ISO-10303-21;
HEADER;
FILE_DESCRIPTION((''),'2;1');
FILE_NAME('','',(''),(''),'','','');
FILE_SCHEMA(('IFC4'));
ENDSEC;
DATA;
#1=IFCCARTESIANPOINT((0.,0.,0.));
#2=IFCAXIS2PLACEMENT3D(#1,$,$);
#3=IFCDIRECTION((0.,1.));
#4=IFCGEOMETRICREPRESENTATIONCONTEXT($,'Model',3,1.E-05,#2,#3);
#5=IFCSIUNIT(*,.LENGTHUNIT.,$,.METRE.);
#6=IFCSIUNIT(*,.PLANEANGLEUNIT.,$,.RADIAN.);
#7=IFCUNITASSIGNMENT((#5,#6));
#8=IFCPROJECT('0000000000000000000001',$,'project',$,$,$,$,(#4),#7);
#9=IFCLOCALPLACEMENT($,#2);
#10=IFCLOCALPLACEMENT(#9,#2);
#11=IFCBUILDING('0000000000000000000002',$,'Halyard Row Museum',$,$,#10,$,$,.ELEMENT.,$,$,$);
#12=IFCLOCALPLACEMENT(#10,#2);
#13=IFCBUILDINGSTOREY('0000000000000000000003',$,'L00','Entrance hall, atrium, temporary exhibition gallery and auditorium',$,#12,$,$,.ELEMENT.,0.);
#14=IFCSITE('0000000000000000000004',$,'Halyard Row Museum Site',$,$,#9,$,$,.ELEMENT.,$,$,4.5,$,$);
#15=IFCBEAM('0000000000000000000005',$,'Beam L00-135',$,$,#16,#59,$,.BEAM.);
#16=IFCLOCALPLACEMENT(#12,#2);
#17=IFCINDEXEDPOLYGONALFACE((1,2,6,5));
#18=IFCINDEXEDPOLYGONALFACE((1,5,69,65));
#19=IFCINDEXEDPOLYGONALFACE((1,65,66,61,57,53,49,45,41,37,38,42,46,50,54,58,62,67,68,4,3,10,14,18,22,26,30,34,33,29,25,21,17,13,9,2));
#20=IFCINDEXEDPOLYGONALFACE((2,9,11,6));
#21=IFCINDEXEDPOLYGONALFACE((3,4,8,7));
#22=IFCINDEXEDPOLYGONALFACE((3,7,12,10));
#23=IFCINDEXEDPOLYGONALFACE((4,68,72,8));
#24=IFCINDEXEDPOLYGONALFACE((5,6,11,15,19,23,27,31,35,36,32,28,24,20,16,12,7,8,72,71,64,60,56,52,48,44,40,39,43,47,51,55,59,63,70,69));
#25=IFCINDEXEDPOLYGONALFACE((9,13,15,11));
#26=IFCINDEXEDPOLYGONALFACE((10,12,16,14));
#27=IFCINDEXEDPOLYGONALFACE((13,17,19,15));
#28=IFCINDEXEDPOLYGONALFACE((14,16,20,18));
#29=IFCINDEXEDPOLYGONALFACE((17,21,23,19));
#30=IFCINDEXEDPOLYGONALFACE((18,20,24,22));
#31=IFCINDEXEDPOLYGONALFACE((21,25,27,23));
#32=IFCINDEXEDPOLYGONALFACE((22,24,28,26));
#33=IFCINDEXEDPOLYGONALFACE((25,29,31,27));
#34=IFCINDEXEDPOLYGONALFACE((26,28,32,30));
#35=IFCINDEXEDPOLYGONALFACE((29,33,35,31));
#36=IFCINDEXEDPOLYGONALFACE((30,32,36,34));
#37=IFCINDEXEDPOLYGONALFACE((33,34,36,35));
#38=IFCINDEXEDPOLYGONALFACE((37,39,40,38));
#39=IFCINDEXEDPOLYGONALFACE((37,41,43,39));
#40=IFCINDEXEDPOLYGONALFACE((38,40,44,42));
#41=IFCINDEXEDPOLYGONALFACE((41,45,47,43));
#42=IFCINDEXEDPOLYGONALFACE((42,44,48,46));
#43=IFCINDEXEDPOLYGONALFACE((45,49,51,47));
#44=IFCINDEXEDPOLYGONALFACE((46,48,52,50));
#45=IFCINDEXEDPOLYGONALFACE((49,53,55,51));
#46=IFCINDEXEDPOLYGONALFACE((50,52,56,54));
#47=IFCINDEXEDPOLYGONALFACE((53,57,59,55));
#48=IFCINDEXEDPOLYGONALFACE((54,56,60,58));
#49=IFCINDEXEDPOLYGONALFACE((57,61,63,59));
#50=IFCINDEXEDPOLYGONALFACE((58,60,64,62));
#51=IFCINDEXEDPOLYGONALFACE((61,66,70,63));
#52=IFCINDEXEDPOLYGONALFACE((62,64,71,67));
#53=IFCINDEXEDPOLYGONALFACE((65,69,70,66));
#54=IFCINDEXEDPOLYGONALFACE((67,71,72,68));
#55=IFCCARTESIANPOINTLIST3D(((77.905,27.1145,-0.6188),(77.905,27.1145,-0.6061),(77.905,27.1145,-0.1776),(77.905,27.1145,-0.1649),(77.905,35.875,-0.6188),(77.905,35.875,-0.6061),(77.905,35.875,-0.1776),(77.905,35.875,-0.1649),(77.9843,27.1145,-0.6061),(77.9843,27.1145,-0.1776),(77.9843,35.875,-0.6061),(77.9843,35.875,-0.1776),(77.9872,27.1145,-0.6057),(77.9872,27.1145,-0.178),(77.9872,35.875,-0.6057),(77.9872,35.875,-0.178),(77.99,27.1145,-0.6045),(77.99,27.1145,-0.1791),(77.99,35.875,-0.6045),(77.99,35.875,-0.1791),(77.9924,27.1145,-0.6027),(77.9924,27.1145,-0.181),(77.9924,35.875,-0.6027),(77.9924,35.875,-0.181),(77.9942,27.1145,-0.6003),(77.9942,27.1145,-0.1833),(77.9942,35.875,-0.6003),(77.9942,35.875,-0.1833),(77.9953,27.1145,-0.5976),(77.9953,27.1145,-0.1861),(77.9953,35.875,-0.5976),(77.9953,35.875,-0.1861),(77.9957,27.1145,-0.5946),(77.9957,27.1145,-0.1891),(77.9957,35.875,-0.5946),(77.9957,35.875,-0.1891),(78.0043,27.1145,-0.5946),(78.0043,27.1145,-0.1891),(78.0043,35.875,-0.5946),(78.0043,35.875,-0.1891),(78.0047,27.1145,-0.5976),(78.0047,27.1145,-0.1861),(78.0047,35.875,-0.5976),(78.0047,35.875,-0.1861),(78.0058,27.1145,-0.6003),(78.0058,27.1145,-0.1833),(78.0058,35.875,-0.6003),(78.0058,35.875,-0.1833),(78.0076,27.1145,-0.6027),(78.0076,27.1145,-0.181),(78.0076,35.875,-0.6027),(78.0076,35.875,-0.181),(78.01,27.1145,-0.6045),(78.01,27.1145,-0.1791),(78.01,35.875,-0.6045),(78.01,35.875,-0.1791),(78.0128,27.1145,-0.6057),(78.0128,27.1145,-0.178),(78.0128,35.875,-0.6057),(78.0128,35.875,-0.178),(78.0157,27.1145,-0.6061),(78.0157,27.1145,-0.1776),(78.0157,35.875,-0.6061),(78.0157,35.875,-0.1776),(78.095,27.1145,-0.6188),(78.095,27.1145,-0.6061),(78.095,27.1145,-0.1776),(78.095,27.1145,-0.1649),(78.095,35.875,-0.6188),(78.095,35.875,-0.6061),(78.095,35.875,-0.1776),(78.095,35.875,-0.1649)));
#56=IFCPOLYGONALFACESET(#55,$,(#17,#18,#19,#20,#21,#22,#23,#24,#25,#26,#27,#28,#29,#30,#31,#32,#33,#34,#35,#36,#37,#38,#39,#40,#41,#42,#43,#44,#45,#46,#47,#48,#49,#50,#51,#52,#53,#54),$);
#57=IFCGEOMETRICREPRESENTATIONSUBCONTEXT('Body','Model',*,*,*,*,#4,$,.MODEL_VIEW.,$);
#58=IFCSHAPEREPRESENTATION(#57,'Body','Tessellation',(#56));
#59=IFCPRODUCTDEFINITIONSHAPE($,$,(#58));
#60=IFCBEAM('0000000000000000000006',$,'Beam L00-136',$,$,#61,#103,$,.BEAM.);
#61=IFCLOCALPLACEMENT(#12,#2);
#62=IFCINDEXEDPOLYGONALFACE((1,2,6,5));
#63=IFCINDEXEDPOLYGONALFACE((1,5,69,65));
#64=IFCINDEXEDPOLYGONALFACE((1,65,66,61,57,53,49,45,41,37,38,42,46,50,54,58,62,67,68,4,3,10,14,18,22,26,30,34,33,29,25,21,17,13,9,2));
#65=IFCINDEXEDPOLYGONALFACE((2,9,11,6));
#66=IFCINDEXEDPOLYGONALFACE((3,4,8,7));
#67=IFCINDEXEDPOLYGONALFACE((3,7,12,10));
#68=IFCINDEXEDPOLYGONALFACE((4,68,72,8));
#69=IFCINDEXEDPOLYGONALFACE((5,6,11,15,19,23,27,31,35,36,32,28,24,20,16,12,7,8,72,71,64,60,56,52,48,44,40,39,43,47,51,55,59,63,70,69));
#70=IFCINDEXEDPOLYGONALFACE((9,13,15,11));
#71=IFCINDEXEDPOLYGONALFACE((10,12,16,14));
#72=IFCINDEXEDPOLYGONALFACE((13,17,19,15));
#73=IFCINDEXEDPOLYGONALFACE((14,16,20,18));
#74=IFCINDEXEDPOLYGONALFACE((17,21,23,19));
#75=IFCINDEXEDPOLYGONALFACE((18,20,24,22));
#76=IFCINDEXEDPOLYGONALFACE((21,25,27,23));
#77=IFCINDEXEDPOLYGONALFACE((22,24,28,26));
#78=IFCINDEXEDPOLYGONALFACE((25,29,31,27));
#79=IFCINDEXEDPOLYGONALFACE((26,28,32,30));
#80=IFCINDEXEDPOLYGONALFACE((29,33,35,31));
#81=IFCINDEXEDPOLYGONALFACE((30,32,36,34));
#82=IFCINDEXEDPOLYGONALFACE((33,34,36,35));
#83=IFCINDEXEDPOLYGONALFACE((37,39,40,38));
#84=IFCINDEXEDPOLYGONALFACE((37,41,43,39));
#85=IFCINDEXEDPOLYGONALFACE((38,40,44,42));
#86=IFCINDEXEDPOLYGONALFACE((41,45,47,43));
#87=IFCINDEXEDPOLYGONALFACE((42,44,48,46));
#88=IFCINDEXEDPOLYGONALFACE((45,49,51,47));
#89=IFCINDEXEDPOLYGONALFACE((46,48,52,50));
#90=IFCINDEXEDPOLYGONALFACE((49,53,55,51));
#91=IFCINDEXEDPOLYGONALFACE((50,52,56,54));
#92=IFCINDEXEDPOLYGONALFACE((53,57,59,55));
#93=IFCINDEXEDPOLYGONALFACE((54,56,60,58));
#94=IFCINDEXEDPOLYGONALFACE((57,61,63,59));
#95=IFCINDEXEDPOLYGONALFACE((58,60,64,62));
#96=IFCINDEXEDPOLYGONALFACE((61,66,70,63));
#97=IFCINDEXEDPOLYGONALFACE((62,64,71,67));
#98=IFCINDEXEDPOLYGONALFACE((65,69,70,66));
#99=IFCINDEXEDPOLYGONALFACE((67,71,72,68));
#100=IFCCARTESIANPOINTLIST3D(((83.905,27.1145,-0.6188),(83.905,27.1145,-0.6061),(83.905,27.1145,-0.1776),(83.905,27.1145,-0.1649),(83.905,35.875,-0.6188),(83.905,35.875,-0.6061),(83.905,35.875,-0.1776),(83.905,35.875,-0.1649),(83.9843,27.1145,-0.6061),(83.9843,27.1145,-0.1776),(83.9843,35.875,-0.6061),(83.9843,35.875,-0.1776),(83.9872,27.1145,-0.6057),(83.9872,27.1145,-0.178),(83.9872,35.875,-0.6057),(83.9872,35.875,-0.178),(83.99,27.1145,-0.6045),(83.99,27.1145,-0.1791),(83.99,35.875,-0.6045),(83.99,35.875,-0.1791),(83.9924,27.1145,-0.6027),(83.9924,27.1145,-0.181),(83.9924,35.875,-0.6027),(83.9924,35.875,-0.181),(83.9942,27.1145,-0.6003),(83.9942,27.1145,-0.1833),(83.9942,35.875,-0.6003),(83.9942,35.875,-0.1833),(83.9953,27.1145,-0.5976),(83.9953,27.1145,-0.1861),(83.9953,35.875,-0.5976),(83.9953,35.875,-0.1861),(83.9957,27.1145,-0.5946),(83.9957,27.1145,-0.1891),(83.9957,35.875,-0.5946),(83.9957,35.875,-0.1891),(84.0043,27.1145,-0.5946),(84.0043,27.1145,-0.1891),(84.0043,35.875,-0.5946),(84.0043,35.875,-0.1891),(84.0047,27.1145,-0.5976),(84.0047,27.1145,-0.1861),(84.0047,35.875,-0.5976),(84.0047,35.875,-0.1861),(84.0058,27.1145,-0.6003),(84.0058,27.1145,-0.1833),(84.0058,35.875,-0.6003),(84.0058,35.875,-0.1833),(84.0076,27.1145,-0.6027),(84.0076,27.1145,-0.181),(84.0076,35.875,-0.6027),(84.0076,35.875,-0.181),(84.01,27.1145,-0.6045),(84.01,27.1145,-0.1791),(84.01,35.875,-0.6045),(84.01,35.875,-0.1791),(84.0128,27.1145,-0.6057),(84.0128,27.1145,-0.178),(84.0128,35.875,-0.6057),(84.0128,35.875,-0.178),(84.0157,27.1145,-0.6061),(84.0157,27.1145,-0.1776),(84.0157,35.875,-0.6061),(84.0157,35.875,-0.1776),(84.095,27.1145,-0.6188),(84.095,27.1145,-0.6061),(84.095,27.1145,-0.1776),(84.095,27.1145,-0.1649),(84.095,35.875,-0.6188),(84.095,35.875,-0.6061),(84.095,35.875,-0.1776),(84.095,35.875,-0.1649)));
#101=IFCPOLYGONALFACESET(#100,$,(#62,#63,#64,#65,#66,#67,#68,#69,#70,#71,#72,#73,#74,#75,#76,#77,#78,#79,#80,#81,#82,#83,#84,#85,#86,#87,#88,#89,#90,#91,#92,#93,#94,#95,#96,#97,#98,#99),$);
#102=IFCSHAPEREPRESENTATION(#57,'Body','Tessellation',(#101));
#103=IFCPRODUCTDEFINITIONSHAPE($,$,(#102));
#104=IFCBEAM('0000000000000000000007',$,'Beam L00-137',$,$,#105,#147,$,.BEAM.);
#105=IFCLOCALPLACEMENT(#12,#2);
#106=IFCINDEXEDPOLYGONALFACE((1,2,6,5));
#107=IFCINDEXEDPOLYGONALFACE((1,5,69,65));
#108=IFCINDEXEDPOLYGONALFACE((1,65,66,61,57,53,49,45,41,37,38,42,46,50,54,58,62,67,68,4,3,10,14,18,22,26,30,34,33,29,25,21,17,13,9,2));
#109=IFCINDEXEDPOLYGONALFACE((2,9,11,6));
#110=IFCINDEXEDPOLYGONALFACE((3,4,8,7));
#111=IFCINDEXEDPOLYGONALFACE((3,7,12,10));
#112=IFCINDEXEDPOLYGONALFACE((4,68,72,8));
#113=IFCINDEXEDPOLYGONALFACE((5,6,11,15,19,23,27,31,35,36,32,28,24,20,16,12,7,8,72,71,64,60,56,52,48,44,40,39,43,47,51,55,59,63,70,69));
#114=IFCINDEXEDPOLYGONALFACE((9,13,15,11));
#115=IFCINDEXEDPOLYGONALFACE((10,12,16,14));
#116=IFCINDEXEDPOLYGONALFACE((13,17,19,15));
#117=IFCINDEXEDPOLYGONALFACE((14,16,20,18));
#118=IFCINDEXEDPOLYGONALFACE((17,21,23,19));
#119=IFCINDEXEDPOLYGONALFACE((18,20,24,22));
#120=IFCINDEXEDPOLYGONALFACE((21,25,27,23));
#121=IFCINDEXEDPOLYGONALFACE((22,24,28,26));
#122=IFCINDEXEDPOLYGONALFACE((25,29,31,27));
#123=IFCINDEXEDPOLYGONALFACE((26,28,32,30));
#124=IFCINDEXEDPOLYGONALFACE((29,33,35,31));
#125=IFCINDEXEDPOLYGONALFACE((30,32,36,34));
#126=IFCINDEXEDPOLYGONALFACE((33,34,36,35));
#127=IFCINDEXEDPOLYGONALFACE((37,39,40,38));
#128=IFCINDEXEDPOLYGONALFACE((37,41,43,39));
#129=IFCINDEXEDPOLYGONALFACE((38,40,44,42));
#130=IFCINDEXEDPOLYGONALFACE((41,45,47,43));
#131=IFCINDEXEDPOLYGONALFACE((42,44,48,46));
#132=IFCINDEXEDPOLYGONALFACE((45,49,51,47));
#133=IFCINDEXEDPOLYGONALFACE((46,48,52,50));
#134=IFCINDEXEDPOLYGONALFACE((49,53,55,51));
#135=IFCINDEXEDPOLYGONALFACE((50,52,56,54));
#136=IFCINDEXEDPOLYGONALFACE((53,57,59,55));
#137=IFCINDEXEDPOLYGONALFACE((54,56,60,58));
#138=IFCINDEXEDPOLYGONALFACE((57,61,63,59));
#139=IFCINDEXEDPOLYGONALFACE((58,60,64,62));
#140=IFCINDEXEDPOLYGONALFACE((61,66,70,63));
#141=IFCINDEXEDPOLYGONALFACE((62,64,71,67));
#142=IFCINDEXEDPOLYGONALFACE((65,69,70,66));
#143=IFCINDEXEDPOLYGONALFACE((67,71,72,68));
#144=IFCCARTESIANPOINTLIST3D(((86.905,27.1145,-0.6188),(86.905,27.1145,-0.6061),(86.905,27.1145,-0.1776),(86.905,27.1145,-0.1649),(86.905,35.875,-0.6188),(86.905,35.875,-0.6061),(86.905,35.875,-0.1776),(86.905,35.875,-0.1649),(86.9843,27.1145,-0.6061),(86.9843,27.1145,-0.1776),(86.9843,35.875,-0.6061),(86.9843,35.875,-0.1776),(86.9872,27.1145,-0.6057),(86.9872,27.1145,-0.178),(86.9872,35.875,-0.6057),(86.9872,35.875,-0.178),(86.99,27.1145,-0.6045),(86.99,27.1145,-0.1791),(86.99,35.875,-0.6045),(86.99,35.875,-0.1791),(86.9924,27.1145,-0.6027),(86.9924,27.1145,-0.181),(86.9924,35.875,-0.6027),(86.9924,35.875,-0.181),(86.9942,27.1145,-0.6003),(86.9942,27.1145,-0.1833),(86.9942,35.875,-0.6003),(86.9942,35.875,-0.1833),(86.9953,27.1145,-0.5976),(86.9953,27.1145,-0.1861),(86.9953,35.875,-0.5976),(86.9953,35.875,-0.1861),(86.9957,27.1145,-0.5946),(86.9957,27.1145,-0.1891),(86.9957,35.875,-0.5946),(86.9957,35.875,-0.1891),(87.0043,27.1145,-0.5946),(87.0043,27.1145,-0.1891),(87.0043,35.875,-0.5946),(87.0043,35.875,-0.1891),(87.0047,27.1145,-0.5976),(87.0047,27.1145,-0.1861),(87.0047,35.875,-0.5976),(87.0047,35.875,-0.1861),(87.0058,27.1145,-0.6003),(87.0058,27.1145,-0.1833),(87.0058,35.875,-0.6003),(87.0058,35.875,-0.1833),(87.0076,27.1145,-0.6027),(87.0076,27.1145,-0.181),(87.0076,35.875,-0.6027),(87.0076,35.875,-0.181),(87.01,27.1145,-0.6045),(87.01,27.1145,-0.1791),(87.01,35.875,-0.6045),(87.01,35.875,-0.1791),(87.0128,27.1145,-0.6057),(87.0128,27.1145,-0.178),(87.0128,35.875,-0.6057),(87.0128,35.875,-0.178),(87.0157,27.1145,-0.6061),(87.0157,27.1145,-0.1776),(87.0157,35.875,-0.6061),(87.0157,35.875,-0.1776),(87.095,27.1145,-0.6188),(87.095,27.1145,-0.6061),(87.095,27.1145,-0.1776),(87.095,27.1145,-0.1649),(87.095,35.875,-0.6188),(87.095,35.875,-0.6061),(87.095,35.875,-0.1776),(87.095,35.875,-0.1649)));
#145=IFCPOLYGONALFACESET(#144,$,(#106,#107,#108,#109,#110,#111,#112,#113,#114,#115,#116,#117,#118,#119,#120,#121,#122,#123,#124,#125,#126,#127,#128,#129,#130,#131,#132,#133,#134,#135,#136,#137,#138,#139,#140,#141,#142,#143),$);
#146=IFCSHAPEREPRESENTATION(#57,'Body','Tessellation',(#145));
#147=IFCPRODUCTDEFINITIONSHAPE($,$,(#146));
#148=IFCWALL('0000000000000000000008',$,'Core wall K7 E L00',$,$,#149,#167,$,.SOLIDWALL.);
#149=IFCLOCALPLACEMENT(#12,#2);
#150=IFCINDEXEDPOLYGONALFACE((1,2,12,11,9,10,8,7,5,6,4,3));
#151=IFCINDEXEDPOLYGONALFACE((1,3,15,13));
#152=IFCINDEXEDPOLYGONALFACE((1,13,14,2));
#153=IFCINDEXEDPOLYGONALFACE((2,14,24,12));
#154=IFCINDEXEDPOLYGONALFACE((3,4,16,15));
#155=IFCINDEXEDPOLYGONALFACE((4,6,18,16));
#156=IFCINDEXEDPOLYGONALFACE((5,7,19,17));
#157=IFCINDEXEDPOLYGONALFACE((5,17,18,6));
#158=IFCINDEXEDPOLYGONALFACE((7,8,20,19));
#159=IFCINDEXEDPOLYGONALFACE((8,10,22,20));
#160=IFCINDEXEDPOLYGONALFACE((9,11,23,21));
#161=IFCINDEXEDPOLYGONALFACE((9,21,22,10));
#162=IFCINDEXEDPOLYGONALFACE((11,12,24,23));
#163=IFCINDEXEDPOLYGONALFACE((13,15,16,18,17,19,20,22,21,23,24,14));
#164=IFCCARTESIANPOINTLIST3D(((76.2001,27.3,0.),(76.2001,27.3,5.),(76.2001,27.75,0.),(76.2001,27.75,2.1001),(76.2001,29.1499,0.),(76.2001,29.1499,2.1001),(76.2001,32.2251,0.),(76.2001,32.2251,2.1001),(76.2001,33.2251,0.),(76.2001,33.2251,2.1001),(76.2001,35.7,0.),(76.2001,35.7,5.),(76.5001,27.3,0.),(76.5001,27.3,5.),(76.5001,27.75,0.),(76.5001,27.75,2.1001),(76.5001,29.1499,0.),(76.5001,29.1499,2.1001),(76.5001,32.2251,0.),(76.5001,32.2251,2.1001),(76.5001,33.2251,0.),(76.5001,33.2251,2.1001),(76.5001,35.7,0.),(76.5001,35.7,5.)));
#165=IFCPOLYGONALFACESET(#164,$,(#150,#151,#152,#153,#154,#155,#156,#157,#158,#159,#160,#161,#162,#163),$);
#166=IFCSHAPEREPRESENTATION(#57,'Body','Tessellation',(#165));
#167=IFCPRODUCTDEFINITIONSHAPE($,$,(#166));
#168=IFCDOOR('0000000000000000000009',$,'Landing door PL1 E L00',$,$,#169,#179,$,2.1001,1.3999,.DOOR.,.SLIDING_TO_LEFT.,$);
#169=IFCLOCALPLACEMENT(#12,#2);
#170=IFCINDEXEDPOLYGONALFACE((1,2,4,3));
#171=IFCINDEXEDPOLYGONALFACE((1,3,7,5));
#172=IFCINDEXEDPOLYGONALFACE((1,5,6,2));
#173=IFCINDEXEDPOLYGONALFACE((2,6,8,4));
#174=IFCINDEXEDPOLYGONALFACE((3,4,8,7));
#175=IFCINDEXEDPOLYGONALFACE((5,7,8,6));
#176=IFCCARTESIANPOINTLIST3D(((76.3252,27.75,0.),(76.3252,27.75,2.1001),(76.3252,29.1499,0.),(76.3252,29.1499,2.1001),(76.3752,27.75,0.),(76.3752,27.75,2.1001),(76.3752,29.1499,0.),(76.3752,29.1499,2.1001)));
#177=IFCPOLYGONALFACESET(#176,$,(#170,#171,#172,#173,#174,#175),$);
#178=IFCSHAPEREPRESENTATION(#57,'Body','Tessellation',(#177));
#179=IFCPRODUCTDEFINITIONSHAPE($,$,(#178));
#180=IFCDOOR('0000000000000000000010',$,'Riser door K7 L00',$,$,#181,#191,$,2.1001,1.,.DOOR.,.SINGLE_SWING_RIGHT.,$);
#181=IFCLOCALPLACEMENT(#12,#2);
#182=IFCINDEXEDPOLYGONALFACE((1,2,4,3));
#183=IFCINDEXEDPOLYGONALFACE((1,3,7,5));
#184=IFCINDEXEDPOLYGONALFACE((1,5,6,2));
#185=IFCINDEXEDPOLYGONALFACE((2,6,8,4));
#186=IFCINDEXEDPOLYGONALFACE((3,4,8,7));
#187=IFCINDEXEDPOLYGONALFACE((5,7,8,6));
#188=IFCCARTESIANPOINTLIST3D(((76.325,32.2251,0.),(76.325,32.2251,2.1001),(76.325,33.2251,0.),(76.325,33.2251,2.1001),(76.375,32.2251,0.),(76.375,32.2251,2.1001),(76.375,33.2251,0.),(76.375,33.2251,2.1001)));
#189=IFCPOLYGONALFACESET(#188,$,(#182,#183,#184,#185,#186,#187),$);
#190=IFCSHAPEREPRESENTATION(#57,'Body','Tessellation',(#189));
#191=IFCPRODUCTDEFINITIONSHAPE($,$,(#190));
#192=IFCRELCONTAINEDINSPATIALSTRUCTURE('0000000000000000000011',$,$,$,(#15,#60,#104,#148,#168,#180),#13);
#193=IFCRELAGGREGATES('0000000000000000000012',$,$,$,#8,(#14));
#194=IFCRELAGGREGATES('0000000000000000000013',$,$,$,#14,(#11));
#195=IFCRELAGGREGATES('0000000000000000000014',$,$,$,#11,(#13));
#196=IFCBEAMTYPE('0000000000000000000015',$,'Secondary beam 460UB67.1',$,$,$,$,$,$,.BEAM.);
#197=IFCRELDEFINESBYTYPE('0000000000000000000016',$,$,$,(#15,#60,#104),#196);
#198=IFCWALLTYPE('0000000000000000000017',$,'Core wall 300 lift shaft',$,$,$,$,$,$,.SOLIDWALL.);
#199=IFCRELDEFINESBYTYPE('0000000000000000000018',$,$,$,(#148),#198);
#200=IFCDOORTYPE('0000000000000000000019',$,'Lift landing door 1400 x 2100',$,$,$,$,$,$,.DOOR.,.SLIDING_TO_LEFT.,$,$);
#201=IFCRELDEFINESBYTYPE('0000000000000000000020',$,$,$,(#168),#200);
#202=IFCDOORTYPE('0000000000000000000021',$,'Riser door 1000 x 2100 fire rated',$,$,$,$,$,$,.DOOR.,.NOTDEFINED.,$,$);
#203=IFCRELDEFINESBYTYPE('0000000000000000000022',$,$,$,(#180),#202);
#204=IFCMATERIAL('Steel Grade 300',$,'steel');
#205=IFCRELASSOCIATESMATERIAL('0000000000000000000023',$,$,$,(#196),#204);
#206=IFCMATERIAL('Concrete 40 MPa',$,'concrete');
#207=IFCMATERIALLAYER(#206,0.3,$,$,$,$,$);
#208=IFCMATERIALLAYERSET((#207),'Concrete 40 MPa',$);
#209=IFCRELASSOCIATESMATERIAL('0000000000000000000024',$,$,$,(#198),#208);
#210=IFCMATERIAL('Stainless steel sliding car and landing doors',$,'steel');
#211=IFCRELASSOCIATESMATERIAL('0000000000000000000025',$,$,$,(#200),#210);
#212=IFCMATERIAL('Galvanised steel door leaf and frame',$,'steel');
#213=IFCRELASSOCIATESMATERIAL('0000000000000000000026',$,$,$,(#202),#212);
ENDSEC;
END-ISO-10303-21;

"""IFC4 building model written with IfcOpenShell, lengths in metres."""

from ifc_helpers import new_model, si_unit, direction, frame, frame_2d, origin, origin_2d, place, context, subcontext, project, spatial, rectangle, i_section, extrude, material, layer, layer_set, material_profile, profile_set, type_object, element, fill, save


model = new_model("IFC4")

# Units and contexts
model_context = context("Model", 3, precision=1e-05, world=origin(), true_north=direction((0.0, 1.0)))
body_context = subcontext(model_context, "Body", "Model", "MODEL_VIEW")
ifc_project = project(units=[si_unit("LENGTHUNIT", "METRE"), si_unit("PLANEANGLEUNIT", "RADIAN")], contexts=[model_context])

# Site, building, storey
site_placement = place(None, origin())
site = spatial("IfcSite", under=ifc_project, at=site_placement, Name="Halyard Row Museum Site", CompositionType="ELEMENT", RefElevation=4.5)
building_placement = place(site_placement, origin())
building = spatial("IfcBuilding", under=site, at=building_placement, Name="Halyard Row Museum", CompositionType="ELEMENT")
storey_placement = place(building_placement, origin())
storey = spatial("IfcBuildingStorey", under=building, at=storey_placement, Name="L00", Description="Entrance hall, atrium, temporary exhibition gallery and auditorium", CompositionType="ELEMENT", Elevation=0.0)

# Beams
ifc_material_1 = material(Name="Steel Grade 300", Category="steel")
ifc_material_profile_1 = material_profile(ifc_material_1, i_section(OverallWidth=0.1899, OverallDepth=0.4539, WebThickness=0.0085, FlangeThickness=0.0127, FilletRadius=0.0115, at=origin_2d()), Name="460UB67.1")
ifc_profile_set_1 = profile_set([ifc_material_profile_1], Name="Steel Grade 300")
beam_type_1 = type_object("IfcBeamType", Name="Secondary beam 460UB67.1", PredefinedType="BEAM", material=ifc_profile_set_1)
for number, where, z_axis, x_axis, name in (
    (1, (78.0, 27.1145, -0.3918), (0.0, 1.0, 0.0), (-1.0, 0.0, 0.0), "Beam L00-135"),
    (2, (84.0, 27.1145, -0.3918), (0.0, 1.0, 0.0), (-1.0, 0.0, 0.0), "Beam L00-136"),
    (3, (87.0, 27.1145, -0.3918), (0.0, 1.0, 0.0), (-1.0, 0.0, 0.0), "Beam L00-137"),
):
    element("IfcBeam", number, at=place(storey_placement, frame(where, z_axis=z_axis, x_axis=x_axis)), inside=storey, type_object=beam_type_1, Name=name, PredefinedType="BEAM", context=body_context, shape_type="SweptSolid", body=[
        extrude(i_section(OverallWidth=0.1899, OverallDepth=0.4539, WebThickness=0.0085, FlangeThickness=0.0127, FilletRadius=0.0115, at=origin_2d()), origin(), (0.0, 0.0, 1.0), 8.7605),
    ])

# Wall, openings, doors
ifc_material_2 = material(Name="Concrete 40 MPa", Category="concrete")
ifc_layer_1 = layer(ifc_material_2, 0.3)
ifc_layer_set_1 = layer_set([ifc_layer_1], Name="Concrete 40 MPa")
wall_type_1 = type_object("IfcWallType", Name="Core wall 300 lift shaft", PredefinedType="SOLIDWALL", material=ifc_layer_set_1)
wall_1_placement = place(storey_placement, frame((76.3501, 27.3, 0.0), z_axis=(0.0, 0.0, 1.0), x_axis=(0.0, 1.0, 0.0)))
wall_1 = element("IfcWall", 4, at=wall_1_placement, inside=storey, type_object=wall_type_1, Name="Core wall K7 E L00", PredefinedType="SOLIDWALL", context=body_context, shape_type="SweptSolid", body=[
    extrude(rectangle(XDim=8.3999, YDim=0.3, at=frame_2d((4.2, 0.0))), origin(), (0.0, 0.0, 1.0), 5.0),
])
opening_1_placement = place(wall_1_placement, frame((0.45, 0.0, 0.0)))
opening_1 = element("IfcOpeningElement", 5, at=opening_1_placement, cuts=wall_1, PredefinedType="OPENING", context=body_context, shape_type="SweptSolid", body=[
    extrude(rectangle(XDim=1.3999, YDim=2.1001, at=frame_2d((0.7, 1.05))), frame((0.0, 0.1599, 0.0), z_axis=(0.0, -1.0, 0.0), x_axis=(1.0, 0.0, 0.0)), (0.0, 0.0, 1.0), 0.3201),
])
opening_2_placement = place(wall_1_placement, frame((4.925, 0.0, 0.0)))
opening_2 = element("IfcOpeningElement", 6, at=opening_2_placement, cuts=wall_1, PredefinedType="OPENING", context=body_context, shape_type="SweptSolid", body=[
    extrude(rectangle(XDim=1.0, YDim=2.1001, at=frame_2d((0.5, 1.05))), frame((0.0, 0.1599, 0.0), z_axis=(0.0, -1.0, 0.0), x_axis=(1.0, 0.0, 0.0)), (0.0, 0.0, 1.0), 0.3201),
])
ifc_material_3 = material(Name="Stainless steel sliding car and landing doors", Category="steel")
door_type_1 = type_object("IfcDoorType", Name="Lift landing door 1400 x 2100", OperationType="SLIDING_TO_LEFT", PredefinedType="DOOR", material=ifc_material_3)
door_1_placement = place(opening_1_placement, origin())
door_1 = element("IfcDoor", 7, at=door_1_placement, inside=storey, type_object=door_type_1, Name="Landing door PL1 E L00", OperationType="SLIDING_TO_LEFT", OverallHeight=2.1001, OverallWidth=1.3999, PredefinedType="DOOR", context=body_context, shape_type="SweptSolid", body=[
    extrude(rectangle(XDim=1.3999, YDim=2.1001, at=frame_2d((0.7, 1.05))), frame((0.0, 0.0249, 0.0), z_axis=(0.0, -1.0, 0.0), x_axis=(1.0, 0.0, 0.0)), (0.0, 0.0, 1.0), 0.05),
])
fill(opening_1, door_1)
ifc_material_4 = material(Name="Galvanised steel door leaf and frame", Category="steel")
door_type_2 = type_object("IfcDoorType", Name="Riser door 1000 x 2100 fire rated", OperationType="NOTDEFINED", PredefinedType="DOOR", material=ifc_material_4)
door_2_placement = place(opening_2_placement, frame((1.0, 0.0, 0.0), z_axis=(0.0, 0.0, 1.0), x_axis=(-1.0, 0.0, 0.0)))
door_2 = element("IfcDoor", 8, at=door_2_placement, inside=storey, type_object=door_type_2, Name="Riser door K7 L00", OperationType="SINGLE_SWING_RIGHT", OverallHeight=2.1001, OverallWidth=1.0, PredefinedType="DOOR", context=body_context, shape_type="SweptSolid", body=[
    extrude(rectangle(XDim=1.0, YDim=2.1001, at=frame_2d((0.5, 1.05))), frame((0.0, 0.0249, 0.0), z_axis=(0.0, -1.0, 0.0), x_axis=(1.0, 0.0, 0.0)), (0.0, 0.0, 1.0), 0.05),
])
fill(opening_2, door_2)

save(model, "model.ifc")
